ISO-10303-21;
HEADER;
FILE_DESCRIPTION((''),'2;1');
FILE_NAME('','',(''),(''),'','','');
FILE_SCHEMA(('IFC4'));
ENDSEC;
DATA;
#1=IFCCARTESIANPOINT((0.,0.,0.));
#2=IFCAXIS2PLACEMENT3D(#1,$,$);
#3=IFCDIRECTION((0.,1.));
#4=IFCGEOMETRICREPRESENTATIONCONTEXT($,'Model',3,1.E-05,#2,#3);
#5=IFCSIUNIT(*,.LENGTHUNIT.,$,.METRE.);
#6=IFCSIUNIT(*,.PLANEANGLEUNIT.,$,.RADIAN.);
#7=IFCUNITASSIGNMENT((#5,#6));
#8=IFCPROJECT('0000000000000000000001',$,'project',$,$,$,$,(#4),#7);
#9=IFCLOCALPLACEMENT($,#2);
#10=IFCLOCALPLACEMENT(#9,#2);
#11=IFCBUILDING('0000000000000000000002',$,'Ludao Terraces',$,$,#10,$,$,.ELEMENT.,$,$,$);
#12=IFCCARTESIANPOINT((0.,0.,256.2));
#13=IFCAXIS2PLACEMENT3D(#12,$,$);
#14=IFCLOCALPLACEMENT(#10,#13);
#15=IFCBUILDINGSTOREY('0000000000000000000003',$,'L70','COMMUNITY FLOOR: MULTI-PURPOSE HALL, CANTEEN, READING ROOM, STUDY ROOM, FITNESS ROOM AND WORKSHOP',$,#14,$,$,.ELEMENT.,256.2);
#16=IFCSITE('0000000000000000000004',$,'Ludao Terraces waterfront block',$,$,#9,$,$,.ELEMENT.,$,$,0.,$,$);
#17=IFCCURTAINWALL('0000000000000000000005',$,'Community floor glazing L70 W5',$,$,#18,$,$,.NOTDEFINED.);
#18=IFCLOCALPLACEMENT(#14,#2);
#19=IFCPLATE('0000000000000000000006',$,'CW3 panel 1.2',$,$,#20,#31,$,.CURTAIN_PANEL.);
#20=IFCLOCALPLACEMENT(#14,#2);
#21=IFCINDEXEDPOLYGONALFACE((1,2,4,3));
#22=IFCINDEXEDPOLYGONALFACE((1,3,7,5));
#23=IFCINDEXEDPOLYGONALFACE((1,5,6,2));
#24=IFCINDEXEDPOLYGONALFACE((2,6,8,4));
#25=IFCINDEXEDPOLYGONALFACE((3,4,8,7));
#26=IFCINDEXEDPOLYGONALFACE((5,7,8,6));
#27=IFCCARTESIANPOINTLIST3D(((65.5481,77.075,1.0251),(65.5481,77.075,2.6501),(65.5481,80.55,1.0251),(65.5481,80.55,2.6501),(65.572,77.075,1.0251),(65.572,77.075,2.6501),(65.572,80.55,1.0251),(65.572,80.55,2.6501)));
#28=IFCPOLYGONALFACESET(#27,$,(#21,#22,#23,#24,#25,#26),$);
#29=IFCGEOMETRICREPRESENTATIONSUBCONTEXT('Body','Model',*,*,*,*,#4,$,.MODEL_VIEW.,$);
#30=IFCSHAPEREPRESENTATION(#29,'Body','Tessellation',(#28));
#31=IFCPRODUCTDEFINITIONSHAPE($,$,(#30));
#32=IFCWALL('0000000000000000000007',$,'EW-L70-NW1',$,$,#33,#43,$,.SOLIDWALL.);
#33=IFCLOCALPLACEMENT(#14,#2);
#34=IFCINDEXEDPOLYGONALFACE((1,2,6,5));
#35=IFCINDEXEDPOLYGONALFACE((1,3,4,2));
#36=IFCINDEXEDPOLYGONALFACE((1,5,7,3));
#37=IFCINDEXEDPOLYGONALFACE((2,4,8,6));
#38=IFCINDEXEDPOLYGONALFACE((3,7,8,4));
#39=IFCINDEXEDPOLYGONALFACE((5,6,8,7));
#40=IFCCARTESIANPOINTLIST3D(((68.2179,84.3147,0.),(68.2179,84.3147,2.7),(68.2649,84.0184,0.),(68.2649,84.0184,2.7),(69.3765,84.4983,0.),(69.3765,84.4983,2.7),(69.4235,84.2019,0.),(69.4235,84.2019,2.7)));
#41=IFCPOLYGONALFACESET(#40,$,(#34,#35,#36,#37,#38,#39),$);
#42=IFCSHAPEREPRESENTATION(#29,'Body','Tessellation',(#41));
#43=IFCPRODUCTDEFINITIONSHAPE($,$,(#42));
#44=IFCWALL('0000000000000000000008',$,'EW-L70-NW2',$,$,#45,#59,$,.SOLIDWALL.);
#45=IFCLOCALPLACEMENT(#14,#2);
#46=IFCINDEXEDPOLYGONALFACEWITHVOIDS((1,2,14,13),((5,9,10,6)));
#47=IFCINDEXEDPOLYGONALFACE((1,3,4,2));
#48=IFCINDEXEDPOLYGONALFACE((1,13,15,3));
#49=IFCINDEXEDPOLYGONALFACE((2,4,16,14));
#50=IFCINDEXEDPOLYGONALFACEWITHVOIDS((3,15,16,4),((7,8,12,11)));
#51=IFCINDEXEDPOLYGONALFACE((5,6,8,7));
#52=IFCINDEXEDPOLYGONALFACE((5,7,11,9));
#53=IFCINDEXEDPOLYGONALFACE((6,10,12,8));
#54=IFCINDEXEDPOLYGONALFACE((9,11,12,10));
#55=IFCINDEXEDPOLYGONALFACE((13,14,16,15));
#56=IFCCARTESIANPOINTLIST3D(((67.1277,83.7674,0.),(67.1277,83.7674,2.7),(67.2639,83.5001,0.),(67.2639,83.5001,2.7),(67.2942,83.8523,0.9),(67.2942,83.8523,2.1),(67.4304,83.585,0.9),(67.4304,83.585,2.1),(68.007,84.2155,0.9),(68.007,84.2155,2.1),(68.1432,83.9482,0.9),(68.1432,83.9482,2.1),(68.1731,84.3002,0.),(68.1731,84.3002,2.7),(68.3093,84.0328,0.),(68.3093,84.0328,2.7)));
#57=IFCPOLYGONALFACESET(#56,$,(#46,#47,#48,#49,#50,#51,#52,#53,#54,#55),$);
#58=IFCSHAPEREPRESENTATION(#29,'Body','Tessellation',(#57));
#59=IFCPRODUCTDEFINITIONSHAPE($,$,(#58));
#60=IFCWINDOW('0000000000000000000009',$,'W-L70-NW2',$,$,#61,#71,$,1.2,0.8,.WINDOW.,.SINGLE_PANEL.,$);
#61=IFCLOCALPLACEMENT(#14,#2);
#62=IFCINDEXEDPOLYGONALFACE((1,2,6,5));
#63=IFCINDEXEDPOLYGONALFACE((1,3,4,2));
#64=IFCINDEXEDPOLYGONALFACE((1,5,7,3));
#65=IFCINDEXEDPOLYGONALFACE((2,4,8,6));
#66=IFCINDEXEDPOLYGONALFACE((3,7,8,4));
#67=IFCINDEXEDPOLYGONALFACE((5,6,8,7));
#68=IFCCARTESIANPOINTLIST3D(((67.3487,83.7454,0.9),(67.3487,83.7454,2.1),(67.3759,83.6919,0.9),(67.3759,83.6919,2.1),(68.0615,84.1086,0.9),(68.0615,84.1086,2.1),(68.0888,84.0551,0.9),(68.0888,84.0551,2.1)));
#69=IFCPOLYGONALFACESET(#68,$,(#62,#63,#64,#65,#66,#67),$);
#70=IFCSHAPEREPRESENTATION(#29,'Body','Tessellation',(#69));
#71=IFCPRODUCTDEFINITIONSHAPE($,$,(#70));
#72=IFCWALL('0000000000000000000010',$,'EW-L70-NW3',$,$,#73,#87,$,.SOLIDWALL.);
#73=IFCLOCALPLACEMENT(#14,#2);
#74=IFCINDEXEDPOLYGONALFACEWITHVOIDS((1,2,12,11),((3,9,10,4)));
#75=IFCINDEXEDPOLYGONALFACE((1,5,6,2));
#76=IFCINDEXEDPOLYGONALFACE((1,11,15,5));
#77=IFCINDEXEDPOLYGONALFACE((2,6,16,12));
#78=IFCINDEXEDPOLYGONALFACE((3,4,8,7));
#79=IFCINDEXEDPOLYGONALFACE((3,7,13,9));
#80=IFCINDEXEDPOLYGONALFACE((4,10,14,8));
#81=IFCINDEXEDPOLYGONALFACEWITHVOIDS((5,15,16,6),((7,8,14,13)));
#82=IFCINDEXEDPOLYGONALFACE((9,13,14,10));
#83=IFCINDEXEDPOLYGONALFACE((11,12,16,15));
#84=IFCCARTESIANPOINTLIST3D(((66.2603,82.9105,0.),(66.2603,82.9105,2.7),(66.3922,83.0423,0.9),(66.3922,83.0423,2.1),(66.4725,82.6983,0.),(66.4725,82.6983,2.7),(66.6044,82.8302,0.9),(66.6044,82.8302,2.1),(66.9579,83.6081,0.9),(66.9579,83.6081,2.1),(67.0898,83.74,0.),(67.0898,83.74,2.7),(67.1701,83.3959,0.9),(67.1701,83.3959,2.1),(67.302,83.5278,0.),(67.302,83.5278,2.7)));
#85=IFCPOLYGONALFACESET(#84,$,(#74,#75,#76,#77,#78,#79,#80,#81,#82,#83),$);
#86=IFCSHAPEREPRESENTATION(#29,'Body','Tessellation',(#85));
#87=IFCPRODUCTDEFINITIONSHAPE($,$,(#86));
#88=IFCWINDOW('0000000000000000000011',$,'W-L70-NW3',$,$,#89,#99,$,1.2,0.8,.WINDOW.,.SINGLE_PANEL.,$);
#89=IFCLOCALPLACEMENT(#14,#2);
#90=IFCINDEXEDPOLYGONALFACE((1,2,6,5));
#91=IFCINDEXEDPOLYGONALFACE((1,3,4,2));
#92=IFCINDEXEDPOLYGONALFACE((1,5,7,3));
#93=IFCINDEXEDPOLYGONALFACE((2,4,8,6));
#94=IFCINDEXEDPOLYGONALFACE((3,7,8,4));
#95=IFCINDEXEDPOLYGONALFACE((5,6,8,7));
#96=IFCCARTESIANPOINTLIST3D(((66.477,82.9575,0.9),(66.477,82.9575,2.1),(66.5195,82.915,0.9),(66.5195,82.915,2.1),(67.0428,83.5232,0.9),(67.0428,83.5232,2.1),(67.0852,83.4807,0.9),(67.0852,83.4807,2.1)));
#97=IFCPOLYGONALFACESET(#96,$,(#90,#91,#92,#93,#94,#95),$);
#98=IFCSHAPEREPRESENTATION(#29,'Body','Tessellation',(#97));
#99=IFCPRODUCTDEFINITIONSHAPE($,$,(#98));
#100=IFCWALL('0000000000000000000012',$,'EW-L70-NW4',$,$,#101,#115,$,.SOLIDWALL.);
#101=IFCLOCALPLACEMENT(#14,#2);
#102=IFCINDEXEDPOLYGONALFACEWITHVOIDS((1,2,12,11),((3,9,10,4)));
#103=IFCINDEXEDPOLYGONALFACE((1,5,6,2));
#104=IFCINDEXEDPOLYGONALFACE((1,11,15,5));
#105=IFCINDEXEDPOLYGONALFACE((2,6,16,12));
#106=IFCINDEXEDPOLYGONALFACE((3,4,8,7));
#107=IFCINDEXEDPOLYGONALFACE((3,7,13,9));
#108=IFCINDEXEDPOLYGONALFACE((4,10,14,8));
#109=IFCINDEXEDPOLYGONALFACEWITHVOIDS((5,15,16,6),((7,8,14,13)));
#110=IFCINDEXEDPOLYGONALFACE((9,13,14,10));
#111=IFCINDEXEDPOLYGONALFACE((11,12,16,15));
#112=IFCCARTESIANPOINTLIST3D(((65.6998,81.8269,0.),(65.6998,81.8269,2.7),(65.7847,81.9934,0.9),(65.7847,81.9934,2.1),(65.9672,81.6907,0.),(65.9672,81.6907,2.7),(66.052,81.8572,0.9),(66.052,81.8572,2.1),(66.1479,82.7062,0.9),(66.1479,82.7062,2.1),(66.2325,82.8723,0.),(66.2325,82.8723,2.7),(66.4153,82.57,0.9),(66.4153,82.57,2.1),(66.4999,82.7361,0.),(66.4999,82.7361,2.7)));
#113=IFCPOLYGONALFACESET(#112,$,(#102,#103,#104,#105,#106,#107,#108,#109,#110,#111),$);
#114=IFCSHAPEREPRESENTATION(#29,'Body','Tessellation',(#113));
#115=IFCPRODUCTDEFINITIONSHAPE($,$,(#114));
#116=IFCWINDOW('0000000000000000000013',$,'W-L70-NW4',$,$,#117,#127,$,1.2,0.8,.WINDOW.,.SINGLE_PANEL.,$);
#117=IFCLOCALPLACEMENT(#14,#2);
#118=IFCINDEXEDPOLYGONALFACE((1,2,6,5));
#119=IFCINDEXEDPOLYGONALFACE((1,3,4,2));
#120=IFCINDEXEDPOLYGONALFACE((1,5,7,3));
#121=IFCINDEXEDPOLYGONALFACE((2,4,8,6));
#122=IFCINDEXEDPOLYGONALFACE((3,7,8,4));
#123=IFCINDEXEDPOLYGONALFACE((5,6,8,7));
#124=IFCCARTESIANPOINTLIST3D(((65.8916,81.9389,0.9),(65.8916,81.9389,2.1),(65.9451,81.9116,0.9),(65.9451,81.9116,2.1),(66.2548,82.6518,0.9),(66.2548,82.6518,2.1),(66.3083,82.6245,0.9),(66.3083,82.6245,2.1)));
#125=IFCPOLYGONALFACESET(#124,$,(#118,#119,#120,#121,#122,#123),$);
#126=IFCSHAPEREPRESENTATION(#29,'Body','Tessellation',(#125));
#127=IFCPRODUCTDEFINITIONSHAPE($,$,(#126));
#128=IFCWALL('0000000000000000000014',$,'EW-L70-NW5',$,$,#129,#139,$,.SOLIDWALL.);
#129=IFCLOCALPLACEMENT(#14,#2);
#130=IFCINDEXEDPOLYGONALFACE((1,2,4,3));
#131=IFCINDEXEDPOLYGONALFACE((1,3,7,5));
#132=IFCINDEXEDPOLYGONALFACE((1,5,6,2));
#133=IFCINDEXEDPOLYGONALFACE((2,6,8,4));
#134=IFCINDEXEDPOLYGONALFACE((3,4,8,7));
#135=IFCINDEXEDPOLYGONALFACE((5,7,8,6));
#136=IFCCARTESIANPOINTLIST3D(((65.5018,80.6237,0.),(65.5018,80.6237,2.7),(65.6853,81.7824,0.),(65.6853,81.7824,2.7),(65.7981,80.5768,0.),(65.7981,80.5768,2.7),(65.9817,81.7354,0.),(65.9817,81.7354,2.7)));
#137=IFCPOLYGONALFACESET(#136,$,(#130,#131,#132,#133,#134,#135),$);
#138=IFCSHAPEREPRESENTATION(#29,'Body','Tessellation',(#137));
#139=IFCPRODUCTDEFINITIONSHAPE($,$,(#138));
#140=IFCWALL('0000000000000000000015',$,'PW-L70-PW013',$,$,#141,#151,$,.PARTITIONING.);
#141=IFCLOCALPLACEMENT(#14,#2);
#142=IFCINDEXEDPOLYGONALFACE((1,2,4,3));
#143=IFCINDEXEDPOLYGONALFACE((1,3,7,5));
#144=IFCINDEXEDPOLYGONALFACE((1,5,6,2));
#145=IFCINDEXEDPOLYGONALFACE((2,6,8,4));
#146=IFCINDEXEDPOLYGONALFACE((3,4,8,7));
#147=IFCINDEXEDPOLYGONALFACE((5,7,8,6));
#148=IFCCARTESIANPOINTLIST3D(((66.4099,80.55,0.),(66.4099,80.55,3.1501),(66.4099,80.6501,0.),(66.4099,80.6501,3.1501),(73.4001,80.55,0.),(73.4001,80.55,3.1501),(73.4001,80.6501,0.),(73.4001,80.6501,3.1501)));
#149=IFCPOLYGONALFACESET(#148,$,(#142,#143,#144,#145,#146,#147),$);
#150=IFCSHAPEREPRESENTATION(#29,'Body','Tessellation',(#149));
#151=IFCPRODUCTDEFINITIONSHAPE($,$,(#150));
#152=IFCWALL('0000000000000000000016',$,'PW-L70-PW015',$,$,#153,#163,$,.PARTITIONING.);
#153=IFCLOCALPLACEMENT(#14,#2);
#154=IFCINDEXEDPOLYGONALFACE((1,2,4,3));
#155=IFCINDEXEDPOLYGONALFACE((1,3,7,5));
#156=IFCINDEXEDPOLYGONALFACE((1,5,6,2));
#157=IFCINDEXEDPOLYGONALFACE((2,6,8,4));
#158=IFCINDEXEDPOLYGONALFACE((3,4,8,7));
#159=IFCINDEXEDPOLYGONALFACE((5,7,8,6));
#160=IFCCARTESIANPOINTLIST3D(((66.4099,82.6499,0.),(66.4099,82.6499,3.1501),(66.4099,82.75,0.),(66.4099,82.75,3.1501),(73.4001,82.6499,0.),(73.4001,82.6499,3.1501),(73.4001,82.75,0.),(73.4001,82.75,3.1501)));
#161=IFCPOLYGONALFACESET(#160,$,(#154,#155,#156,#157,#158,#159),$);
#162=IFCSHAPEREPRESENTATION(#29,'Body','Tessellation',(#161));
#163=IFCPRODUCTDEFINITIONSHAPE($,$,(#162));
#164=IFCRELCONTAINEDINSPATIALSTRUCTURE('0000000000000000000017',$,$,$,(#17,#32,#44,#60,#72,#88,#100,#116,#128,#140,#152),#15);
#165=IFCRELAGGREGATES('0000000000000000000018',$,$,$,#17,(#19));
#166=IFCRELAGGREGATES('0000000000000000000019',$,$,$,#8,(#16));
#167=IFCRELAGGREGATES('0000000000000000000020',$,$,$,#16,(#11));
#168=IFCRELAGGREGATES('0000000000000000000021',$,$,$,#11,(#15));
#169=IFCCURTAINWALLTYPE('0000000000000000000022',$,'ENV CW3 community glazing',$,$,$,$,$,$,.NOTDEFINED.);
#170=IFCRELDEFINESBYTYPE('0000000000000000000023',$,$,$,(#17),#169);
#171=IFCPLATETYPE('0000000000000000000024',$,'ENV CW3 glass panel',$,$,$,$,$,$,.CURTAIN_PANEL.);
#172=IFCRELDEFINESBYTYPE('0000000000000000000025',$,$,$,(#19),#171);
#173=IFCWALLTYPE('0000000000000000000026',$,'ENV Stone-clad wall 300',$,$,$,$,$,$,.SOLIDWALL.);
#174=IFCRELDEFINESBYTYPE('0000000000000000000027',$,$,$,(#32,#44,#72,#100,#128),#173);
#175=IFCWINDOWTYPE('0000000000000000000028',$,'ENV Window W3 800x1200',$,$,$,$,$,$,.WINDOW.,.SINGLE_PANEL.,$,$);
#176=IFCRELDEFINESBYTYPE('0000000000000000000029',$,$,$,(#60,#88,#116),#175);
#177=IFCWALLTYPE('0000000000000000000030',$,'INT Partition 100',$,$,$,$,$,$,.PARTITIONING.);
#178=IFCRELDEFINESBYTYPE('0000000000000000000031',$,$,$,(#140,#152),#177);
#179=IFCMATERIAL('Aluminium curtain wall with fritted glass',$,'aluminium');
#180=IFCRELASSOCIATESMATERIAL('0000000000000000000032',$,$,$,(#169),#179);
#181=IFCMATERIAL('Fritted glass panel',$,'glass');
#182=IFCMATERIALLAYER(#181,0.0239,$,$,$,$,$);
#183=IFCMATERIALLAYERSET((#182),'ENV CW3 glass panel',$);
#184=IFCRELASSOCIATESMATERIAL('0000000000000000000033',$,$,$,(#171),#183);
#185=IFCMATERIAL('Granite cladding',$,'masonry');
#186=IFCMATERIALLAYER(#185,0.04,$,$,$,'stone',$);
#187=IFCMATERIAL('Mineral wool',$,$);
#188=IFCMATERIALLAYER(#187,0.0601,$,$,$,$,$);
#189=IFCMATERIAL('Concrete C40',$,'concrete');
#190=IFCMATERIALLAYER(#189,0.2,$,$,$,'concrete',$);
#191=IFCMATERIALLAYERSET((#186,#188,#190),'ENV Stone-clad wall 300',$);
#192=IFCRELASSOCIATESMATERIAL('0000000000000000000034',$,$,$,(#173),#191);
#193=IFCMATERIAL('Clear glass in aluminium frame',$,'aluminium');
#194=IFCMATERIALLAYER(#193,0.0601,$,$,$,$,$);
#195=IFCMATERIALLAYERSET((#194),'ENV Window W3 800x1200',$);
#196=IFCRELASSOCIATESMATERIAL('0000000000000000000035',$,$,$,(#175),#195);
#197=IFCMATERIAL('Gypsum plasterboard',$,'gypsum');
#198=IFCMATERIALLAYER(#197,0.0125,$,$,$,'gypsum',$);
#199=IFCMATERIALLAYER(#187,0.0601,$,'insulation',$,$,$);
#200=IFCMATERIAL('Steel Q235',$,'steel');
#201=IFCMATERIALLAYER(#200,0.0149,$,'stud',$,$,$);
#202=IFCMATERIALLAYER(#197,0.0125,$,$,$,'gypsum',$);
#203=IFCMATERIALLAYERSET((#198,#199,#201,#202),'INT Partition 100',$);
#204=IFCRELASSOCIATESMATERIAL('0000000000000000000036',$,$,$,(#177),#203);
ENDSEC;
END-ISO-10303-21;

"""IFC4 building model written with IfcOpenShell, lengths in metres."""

from ifc_helpers import new_model, si_unit, direction, frame, frame_2d, origin, origin_2d, place, context, subcontext, project, spatial, rectangle, extrude, material, layer, layer_set, type_object, element, fill, aggregate, save


model = new_model("IFC4")

# Units and contexts
model_context = context("Model", 3, precision=1e-05, world=origin(), true_north=direction((0.0, 1.0)))
body_context = subcontext(model_context, "Body", "Model", "MODEL_VIEW")
ifc_project = project(units=[si_unit("LENGTHUNIT", "METRE"), si_unit("PLANEANGLEUNIT", "RADIAN")], contexts=[model_context])

# Site, building, storey
site_placement = place(None, origin())
site = spatial("IfcSite", under=ifc_project, at=site_placement, Name="Ludao Terraces waterfront block", CompositionType="ELEMENT", RefElevation=0.0)
building_placement = place(site_placement, origin())
building = spatial("IfcBuilding", under=site, at=building_placement, Name="Ludao Terraces", CompositionType="ELEMENT")
storey_placement = place(building_placement, frame((0.0, 0.0, 256.2)))
storey = spatial("IfcBuildingStorey", under=building, at=storey_placement, Name="L70", Description="COMMUNITY FLOOR: MULTI-PURPOSE HALL, CANTEEN, READING ROOM, STUDY ROOM, FITNESS ROOM AND WORKSHOP", CompositionType="ELEMENT", Elevation=256.2)

# Shared definitions
ifc_material_1 = material(Name="Concrete C40", Category="concrete")

# Shared definitions
ifc_material_2 = material(Name="Aluminium curtain wall with fritted glass", Category="aluminium")
curtain_wall_type = type_object("IfcCurtainWallType", Name="ENV CW3 community glazing", PredefinedType="NOTDEFINED", material=ifc_material_2)

# Curtain wall
curtain_wall_1_placement = place(storey_placement, origin())
curtain_wall_1 = element("IfcCurtainWall", 1, at=curtain_wall_1_placement, inside=storey, type_object=curtain_wall_type, Name="Community floor glazing L70 W5", PredefinedType="NOTDEFINED")

# Plate
ifc_material_3 = material(Name="Fritted glass panel", Category="glass")
ifc_layer_1 = layer(ifc_material_3, 0.0239)
ifc_layer_set_1 = layer_set([ifc_layer_1], Name="ENV CW3 glass panel")
plate_type = type_object("IfcPlateType", Name="ENV CW3 glass panel", PredefinedType="CURTAIN_PANEL", material=ifc_layer_set_1)
plate_1_placement = place(storey_placement, frame((65.5601, 78.8125, 1.0251), z_axis=(0.0, 0.0, 1.0), x_axis=(0.0, 1.0, 0.0)))
plate_1 = element("IfcPlate", 2, at=plate_1_placement, type_object=plate_type, Name="CW3 panel 1.2", PredefinedType="CURTAIN_PANEL", context=body_context, shape_type="SweptSolid", body=[
    extrude(rectangle(XDim=3.4751, YDim=0.0239, at=origin_2d()), origin(), (0.0, 0.0, 1.0), 1.625),
])
aggregate(curtain_wall_1, [plate_1])

# Wall
ifc_material_4 = material(Name="Granite cladding", Category="masonry")
ifc_layer_2 = layer(ifc_material_4, 0.04, Category="stone")
ifc_material_5 = material(Name="Mineral wool")
ifc_layer_3 = layer(ifc_material_5, 0.0601)
ifc_layer_4 = layer(ifc_material_1, 0.2, Category="concrete")
ifc_layer_set_2 = layer_set([ifc_layer_2, ifc_layer_3, ifc_layer_4], Name="ENV Stone-clad wall 300")
wall_type_1 = type_object("IfcWallType", Name="ENV Stone-clad wall 300", PredefinedType="SOLIDWALL", material=ifc_layer_set_2)
wall_1_placement = place(storey_placement, frame((69.3999, 84.3501, 0.0), z_axis=(0.0, 0.0, 1.0), x_axis=(-0.987678, -0.156497, 0.0)))
element("IfcWall", 3, at=wall_1_placement, inside=storey, type_object=wall_type_1, Name="EW-L70-NW1", PredefinedType="SOLIDWALL", context=body_context, shape_type="SweptSolid", body=[
    extrude(rectangle(XDim=1.1731, YDim=0.3, at=frame_2d((0.5864, 0.0))), origin(), (0.0, 0.0, 1.0), 2.7),
])

# Walls, openings, windows
wall_2_placement = place(storey_placement, frame((68.2412, 84.1665, 0.0), z_axis=(0.0, 0.0, 1.0), x_axis=(-0.890989, -0.454026, 0.0)))
wall_2 = element("IfcWall", 4, at=wall_2_placement, inside=storey, type_object=wall_type_1, Name="EW-L70-NW2", PredefinedType="SOLIDWALL", context=body_context, shape_type="SweptSolid", body=[
    extrude(rectangle(XDim=1.1733, YDim=0.3, at=frame_2d((0.5867, 0.0))), origin(), (0.0, 0.0, 1.0), 2.7),
])
opening_1_placement = place(wall_2_placement, frame((0.1865, 0.0, 0.8999)))
opening_1 = element("IfcOpeningElement", 5, at=opening_1_placement, cuts=wall_2, PredefinedType="OPENING", context=body_context, shape_type="SweptSolid", body=[
    extrude(rectangle(XDim=0.8, YDim=1.2, at=frame_2d((0.3999, 0.6001))), frame((0.0, 0.1602, 0.0), z_axis=(0.0, -1.0, 0.0), x_axis=(1.0, 0.0, 0.0)), (0.0, 0.0, 1.0), 0.3201),
])
ifc_material_6 = material(Name="Clear glass in aluminium frame", Category="aluminium")
ifc_layer_5 = layer(ifc_material_6, 0.0601)
ifc_layer_set_3 = layer_set([ifc_layer_5], Name="ENV Window W3 800x1200")
window_type = type_object("IfcWindowType", Name="ENV Window W3 800x1200", PartitioningType="SINGLE_PANEL", PredefinedType="WINDOW", material=ifc_layer_set_3)
window_1_placement = place(opening_1_placement, origin())
window_1 = element("IfcWindow", 6, at=window_1_placement, inside=storey, type_object=window_type, Name="W-L70-NW2", OverallHeight=1.2, OverallWidth=0.8, PartitioningType="SINGLE_PANEL", PredefinedType="WINDOW", context=body_context, shape_type="SweptSolid", body=[
    extrude(rectangle(XDim=0.8, YDim=1.2, at=frame_2d((0.3999, 0.6001))), frame((0.0, 0.03, 0.0), z_axis=(0.0, -1.0, 0.0), x_axis=(1.0, 0.0, 0.0)), (0.0, 0.0, 1.0), 0.0601),
])
fill(opening_1, window_1)
wall_3_placement = place(storey_placement, frame((67.1958, 83.6338, 0.0), z_axis=(0.0, 0.0, 1.0), x_axis=(-0.707107, -0.707107, 0.0)))
wall_3 = element("IfcWall", 7, at=wall_3_placement, inside=storey, type_object=wall_type_1, Name="EW-L70-NW3", PredefinedType="SOLIDWALL", context=body_context, shape_type="SweptSolid", body=[
    extrude(rectangle(XDim=1.1731, YDim=0.3, at=frame_2d((0.5864, 0.0))), origin(), (0.0, 0.0, 1.0), 2.7),
])
opening_2_placement = place(wall_3_placement, frame((0.1865, 0.0, 0.8999)))
opening_2 = element("IfcOpeningElement", 8, at=opening_2_placement, cuts=wall_3, PredefinedType="OPENING", context=body_context, shape_type="SweptSolid", body=[
    extrude(rectangle(XDim=0.8, YDim=1.2, at=frame_2d((0.3999, 0.6001))), frame((0.0, 0.1602, 0.0), z_axis=(0.0, -1.0, 0.0), x_axis=(1.0, 0.0, 0.0)), (0.0, 0.0, 1.0), 0.3201),
])
window_2_placement = place(opening_2_placement, origin())
window_2 = element("IfcWindow", 9, at=window_2_placement, inside=storey, type_object=window_type, Name="W-L70-NW3", OverallHeight=1.2, OverallWidth=0.8, PartitioningType="SINGLE_PANEL", PredefinedType="WINDOW", context=body_context, shape_type="SweptSolid", body=[
    extrude(rectangle(XDim=0.8, YDim=1.2, at=frame_2d((0.3999, 0.6001))), frame((0.0, 0.03, 0.0), z_axis=(0.0, -1.0, 0.0), x_axis=(1.0, 0.0, 0.0)), (0.0, 0.0, 1.0), 0.0601),
])
fill(opening_2, window_2)
wall_4_placement = place(storey_placement, frame((66.3662, 82.8042, 0.0), z_axis=(0.0, 0.0, 1.0), x_axis=(-0.454026, -0.890989, 0.0)))
wall_4 = element("IfcWall", 10, at=wall_4_placement, inside=storey, type_object=wall_type_1, Name="EW-L70-NW4", PredefinedType="SOLIDWALL", context=body_context, shape_type="SweptSolid", body=[
    extrude(rectangle(XDim=1.1733, YDim=0.3, at=frame_2d((0.5867, 0.0))), origin(), (0.0, 0.0, 1.0), 2.7),
])
opening_3_placement = place(wall_4_placement, frame((0.1865, 0.0, 0.8999)))
opening_3 = element("IfcOpeningElement", 11, at=opening_3_placement, cuts=wall_4, PredefinedType="OPENING", context=body_context, shape_type="SweptSolid", body=[
    extrude(rectangle(XDim=0.8, YDim=1.2, at=frame_2d((0.3999, 0.6001))), frame((0.0, 0.1602, 0.0), z_axis=(0.0, -1.0, 0.0), x_axis=(1.0, 0.0, 0.0)), (0.0, 0.0, 1.0), 0.3201),
])
window_3_placement = place(opening_3_placement, origin())
window_3 = element("IfcWindow", 12, at=window_3_placement, inside=storey, type_object=window_type, Name="W-L70-NW4", OverallHeight=1.2, OverallWidth=0.8, PartitioningType="SINGLE_PANEL", PredefinedType="WINDOW", context=body_context, shape_type="SweptSolid", body=[
    extrude(rectangle(XDim=0.8, YDim=1.2, at=frame_2d((0.3999, 0.6001))), frame((0.0, 0.03, 0.0), z_axis=(0.0, -1.0, 0.0), x_axis=(1.0, 0.0, 0.0)), (0.0, 0.0, 1.0), 0.0601),
])
fill(opening_3, window_3)

# Walls
wall_5_placement = place(storey_placement, frame((65.8335, 81.7588, 0.0), z_axis=(0.0, 0.0, 1.0), x_axis=(-0.156497, -0.987678, 0.0)))
element("IfcWall", 13, at=wall_5_placement, inside=storey, type_object=wall_type_1, Name="EW-L70-NW5", PredefinedType="SOLIDWALL", context=body_context, shape_type="SweptSolid", body=[
    extrude(rectangle(XDim=1.1731, YDim=0.3, at=frame_2d((0.5864, 0.0))), origin(), (0.0, 0.0, 1.0), 2.7),
])
ifc_material_7 = material(Name="Gypsum plasterboard", Category="gypsum")
ifc_layer_6 = layer(ifc_material_7, 0.0125, Category="gypsum")
ifc_layer_7 = layer(ifc_material_5, 0.0601, Name="insulation")
ifc_material_8 = material(Name="Steel Q235", Category="steel")
ifc_layer_8 = layer(ifc_material_8, 0.0149, Name="stud")
ifc_layer_9 = layer(ifc_material_7, 0.0125, Category="gypsum")
ifc_layer_set_4 = layer_set([ifc_layer_6, ifc_layer_7, ifc_layer_8, ifc_layer_9], Name="INT Partition 100")
wall_type_2 = type_object("IfcWallType", Name="INT Partition 100", PredefinedType="PARTITIONING", material=ifc_layer_set_4)
for number, where, z_axis, x_axis, name in (
    (14, (66.4099, 80.6001, 0.0), (0.0, 0.0, 1.0), (1.0, 0.0, 0.0), "PW-L70-PW013"),
    (15, (66.4099, 82.7, 0.0), (0.0, 0.0, 1.0), (1.0, 0.0, 0.0), "PW-L70-PW015"),
):
    element("IfcWall", number, at=place(storey_placement, frame(where, z_axis=z_axis, x_axis=x_axis)), inside=storey, type_object=wall_type_2, Name=name, PredefinedType="PARTITIONING", context=body_context, shape_type="SweptSolid", body=[
        extrude(rectangle(XDim=6.9902, YDim=0.1001, at=frame_2d((3.4951, 0.0))), origin(), (0.0, 0.0, 1.0), 3.1501),
    ])

save(model, "model.ifc")
